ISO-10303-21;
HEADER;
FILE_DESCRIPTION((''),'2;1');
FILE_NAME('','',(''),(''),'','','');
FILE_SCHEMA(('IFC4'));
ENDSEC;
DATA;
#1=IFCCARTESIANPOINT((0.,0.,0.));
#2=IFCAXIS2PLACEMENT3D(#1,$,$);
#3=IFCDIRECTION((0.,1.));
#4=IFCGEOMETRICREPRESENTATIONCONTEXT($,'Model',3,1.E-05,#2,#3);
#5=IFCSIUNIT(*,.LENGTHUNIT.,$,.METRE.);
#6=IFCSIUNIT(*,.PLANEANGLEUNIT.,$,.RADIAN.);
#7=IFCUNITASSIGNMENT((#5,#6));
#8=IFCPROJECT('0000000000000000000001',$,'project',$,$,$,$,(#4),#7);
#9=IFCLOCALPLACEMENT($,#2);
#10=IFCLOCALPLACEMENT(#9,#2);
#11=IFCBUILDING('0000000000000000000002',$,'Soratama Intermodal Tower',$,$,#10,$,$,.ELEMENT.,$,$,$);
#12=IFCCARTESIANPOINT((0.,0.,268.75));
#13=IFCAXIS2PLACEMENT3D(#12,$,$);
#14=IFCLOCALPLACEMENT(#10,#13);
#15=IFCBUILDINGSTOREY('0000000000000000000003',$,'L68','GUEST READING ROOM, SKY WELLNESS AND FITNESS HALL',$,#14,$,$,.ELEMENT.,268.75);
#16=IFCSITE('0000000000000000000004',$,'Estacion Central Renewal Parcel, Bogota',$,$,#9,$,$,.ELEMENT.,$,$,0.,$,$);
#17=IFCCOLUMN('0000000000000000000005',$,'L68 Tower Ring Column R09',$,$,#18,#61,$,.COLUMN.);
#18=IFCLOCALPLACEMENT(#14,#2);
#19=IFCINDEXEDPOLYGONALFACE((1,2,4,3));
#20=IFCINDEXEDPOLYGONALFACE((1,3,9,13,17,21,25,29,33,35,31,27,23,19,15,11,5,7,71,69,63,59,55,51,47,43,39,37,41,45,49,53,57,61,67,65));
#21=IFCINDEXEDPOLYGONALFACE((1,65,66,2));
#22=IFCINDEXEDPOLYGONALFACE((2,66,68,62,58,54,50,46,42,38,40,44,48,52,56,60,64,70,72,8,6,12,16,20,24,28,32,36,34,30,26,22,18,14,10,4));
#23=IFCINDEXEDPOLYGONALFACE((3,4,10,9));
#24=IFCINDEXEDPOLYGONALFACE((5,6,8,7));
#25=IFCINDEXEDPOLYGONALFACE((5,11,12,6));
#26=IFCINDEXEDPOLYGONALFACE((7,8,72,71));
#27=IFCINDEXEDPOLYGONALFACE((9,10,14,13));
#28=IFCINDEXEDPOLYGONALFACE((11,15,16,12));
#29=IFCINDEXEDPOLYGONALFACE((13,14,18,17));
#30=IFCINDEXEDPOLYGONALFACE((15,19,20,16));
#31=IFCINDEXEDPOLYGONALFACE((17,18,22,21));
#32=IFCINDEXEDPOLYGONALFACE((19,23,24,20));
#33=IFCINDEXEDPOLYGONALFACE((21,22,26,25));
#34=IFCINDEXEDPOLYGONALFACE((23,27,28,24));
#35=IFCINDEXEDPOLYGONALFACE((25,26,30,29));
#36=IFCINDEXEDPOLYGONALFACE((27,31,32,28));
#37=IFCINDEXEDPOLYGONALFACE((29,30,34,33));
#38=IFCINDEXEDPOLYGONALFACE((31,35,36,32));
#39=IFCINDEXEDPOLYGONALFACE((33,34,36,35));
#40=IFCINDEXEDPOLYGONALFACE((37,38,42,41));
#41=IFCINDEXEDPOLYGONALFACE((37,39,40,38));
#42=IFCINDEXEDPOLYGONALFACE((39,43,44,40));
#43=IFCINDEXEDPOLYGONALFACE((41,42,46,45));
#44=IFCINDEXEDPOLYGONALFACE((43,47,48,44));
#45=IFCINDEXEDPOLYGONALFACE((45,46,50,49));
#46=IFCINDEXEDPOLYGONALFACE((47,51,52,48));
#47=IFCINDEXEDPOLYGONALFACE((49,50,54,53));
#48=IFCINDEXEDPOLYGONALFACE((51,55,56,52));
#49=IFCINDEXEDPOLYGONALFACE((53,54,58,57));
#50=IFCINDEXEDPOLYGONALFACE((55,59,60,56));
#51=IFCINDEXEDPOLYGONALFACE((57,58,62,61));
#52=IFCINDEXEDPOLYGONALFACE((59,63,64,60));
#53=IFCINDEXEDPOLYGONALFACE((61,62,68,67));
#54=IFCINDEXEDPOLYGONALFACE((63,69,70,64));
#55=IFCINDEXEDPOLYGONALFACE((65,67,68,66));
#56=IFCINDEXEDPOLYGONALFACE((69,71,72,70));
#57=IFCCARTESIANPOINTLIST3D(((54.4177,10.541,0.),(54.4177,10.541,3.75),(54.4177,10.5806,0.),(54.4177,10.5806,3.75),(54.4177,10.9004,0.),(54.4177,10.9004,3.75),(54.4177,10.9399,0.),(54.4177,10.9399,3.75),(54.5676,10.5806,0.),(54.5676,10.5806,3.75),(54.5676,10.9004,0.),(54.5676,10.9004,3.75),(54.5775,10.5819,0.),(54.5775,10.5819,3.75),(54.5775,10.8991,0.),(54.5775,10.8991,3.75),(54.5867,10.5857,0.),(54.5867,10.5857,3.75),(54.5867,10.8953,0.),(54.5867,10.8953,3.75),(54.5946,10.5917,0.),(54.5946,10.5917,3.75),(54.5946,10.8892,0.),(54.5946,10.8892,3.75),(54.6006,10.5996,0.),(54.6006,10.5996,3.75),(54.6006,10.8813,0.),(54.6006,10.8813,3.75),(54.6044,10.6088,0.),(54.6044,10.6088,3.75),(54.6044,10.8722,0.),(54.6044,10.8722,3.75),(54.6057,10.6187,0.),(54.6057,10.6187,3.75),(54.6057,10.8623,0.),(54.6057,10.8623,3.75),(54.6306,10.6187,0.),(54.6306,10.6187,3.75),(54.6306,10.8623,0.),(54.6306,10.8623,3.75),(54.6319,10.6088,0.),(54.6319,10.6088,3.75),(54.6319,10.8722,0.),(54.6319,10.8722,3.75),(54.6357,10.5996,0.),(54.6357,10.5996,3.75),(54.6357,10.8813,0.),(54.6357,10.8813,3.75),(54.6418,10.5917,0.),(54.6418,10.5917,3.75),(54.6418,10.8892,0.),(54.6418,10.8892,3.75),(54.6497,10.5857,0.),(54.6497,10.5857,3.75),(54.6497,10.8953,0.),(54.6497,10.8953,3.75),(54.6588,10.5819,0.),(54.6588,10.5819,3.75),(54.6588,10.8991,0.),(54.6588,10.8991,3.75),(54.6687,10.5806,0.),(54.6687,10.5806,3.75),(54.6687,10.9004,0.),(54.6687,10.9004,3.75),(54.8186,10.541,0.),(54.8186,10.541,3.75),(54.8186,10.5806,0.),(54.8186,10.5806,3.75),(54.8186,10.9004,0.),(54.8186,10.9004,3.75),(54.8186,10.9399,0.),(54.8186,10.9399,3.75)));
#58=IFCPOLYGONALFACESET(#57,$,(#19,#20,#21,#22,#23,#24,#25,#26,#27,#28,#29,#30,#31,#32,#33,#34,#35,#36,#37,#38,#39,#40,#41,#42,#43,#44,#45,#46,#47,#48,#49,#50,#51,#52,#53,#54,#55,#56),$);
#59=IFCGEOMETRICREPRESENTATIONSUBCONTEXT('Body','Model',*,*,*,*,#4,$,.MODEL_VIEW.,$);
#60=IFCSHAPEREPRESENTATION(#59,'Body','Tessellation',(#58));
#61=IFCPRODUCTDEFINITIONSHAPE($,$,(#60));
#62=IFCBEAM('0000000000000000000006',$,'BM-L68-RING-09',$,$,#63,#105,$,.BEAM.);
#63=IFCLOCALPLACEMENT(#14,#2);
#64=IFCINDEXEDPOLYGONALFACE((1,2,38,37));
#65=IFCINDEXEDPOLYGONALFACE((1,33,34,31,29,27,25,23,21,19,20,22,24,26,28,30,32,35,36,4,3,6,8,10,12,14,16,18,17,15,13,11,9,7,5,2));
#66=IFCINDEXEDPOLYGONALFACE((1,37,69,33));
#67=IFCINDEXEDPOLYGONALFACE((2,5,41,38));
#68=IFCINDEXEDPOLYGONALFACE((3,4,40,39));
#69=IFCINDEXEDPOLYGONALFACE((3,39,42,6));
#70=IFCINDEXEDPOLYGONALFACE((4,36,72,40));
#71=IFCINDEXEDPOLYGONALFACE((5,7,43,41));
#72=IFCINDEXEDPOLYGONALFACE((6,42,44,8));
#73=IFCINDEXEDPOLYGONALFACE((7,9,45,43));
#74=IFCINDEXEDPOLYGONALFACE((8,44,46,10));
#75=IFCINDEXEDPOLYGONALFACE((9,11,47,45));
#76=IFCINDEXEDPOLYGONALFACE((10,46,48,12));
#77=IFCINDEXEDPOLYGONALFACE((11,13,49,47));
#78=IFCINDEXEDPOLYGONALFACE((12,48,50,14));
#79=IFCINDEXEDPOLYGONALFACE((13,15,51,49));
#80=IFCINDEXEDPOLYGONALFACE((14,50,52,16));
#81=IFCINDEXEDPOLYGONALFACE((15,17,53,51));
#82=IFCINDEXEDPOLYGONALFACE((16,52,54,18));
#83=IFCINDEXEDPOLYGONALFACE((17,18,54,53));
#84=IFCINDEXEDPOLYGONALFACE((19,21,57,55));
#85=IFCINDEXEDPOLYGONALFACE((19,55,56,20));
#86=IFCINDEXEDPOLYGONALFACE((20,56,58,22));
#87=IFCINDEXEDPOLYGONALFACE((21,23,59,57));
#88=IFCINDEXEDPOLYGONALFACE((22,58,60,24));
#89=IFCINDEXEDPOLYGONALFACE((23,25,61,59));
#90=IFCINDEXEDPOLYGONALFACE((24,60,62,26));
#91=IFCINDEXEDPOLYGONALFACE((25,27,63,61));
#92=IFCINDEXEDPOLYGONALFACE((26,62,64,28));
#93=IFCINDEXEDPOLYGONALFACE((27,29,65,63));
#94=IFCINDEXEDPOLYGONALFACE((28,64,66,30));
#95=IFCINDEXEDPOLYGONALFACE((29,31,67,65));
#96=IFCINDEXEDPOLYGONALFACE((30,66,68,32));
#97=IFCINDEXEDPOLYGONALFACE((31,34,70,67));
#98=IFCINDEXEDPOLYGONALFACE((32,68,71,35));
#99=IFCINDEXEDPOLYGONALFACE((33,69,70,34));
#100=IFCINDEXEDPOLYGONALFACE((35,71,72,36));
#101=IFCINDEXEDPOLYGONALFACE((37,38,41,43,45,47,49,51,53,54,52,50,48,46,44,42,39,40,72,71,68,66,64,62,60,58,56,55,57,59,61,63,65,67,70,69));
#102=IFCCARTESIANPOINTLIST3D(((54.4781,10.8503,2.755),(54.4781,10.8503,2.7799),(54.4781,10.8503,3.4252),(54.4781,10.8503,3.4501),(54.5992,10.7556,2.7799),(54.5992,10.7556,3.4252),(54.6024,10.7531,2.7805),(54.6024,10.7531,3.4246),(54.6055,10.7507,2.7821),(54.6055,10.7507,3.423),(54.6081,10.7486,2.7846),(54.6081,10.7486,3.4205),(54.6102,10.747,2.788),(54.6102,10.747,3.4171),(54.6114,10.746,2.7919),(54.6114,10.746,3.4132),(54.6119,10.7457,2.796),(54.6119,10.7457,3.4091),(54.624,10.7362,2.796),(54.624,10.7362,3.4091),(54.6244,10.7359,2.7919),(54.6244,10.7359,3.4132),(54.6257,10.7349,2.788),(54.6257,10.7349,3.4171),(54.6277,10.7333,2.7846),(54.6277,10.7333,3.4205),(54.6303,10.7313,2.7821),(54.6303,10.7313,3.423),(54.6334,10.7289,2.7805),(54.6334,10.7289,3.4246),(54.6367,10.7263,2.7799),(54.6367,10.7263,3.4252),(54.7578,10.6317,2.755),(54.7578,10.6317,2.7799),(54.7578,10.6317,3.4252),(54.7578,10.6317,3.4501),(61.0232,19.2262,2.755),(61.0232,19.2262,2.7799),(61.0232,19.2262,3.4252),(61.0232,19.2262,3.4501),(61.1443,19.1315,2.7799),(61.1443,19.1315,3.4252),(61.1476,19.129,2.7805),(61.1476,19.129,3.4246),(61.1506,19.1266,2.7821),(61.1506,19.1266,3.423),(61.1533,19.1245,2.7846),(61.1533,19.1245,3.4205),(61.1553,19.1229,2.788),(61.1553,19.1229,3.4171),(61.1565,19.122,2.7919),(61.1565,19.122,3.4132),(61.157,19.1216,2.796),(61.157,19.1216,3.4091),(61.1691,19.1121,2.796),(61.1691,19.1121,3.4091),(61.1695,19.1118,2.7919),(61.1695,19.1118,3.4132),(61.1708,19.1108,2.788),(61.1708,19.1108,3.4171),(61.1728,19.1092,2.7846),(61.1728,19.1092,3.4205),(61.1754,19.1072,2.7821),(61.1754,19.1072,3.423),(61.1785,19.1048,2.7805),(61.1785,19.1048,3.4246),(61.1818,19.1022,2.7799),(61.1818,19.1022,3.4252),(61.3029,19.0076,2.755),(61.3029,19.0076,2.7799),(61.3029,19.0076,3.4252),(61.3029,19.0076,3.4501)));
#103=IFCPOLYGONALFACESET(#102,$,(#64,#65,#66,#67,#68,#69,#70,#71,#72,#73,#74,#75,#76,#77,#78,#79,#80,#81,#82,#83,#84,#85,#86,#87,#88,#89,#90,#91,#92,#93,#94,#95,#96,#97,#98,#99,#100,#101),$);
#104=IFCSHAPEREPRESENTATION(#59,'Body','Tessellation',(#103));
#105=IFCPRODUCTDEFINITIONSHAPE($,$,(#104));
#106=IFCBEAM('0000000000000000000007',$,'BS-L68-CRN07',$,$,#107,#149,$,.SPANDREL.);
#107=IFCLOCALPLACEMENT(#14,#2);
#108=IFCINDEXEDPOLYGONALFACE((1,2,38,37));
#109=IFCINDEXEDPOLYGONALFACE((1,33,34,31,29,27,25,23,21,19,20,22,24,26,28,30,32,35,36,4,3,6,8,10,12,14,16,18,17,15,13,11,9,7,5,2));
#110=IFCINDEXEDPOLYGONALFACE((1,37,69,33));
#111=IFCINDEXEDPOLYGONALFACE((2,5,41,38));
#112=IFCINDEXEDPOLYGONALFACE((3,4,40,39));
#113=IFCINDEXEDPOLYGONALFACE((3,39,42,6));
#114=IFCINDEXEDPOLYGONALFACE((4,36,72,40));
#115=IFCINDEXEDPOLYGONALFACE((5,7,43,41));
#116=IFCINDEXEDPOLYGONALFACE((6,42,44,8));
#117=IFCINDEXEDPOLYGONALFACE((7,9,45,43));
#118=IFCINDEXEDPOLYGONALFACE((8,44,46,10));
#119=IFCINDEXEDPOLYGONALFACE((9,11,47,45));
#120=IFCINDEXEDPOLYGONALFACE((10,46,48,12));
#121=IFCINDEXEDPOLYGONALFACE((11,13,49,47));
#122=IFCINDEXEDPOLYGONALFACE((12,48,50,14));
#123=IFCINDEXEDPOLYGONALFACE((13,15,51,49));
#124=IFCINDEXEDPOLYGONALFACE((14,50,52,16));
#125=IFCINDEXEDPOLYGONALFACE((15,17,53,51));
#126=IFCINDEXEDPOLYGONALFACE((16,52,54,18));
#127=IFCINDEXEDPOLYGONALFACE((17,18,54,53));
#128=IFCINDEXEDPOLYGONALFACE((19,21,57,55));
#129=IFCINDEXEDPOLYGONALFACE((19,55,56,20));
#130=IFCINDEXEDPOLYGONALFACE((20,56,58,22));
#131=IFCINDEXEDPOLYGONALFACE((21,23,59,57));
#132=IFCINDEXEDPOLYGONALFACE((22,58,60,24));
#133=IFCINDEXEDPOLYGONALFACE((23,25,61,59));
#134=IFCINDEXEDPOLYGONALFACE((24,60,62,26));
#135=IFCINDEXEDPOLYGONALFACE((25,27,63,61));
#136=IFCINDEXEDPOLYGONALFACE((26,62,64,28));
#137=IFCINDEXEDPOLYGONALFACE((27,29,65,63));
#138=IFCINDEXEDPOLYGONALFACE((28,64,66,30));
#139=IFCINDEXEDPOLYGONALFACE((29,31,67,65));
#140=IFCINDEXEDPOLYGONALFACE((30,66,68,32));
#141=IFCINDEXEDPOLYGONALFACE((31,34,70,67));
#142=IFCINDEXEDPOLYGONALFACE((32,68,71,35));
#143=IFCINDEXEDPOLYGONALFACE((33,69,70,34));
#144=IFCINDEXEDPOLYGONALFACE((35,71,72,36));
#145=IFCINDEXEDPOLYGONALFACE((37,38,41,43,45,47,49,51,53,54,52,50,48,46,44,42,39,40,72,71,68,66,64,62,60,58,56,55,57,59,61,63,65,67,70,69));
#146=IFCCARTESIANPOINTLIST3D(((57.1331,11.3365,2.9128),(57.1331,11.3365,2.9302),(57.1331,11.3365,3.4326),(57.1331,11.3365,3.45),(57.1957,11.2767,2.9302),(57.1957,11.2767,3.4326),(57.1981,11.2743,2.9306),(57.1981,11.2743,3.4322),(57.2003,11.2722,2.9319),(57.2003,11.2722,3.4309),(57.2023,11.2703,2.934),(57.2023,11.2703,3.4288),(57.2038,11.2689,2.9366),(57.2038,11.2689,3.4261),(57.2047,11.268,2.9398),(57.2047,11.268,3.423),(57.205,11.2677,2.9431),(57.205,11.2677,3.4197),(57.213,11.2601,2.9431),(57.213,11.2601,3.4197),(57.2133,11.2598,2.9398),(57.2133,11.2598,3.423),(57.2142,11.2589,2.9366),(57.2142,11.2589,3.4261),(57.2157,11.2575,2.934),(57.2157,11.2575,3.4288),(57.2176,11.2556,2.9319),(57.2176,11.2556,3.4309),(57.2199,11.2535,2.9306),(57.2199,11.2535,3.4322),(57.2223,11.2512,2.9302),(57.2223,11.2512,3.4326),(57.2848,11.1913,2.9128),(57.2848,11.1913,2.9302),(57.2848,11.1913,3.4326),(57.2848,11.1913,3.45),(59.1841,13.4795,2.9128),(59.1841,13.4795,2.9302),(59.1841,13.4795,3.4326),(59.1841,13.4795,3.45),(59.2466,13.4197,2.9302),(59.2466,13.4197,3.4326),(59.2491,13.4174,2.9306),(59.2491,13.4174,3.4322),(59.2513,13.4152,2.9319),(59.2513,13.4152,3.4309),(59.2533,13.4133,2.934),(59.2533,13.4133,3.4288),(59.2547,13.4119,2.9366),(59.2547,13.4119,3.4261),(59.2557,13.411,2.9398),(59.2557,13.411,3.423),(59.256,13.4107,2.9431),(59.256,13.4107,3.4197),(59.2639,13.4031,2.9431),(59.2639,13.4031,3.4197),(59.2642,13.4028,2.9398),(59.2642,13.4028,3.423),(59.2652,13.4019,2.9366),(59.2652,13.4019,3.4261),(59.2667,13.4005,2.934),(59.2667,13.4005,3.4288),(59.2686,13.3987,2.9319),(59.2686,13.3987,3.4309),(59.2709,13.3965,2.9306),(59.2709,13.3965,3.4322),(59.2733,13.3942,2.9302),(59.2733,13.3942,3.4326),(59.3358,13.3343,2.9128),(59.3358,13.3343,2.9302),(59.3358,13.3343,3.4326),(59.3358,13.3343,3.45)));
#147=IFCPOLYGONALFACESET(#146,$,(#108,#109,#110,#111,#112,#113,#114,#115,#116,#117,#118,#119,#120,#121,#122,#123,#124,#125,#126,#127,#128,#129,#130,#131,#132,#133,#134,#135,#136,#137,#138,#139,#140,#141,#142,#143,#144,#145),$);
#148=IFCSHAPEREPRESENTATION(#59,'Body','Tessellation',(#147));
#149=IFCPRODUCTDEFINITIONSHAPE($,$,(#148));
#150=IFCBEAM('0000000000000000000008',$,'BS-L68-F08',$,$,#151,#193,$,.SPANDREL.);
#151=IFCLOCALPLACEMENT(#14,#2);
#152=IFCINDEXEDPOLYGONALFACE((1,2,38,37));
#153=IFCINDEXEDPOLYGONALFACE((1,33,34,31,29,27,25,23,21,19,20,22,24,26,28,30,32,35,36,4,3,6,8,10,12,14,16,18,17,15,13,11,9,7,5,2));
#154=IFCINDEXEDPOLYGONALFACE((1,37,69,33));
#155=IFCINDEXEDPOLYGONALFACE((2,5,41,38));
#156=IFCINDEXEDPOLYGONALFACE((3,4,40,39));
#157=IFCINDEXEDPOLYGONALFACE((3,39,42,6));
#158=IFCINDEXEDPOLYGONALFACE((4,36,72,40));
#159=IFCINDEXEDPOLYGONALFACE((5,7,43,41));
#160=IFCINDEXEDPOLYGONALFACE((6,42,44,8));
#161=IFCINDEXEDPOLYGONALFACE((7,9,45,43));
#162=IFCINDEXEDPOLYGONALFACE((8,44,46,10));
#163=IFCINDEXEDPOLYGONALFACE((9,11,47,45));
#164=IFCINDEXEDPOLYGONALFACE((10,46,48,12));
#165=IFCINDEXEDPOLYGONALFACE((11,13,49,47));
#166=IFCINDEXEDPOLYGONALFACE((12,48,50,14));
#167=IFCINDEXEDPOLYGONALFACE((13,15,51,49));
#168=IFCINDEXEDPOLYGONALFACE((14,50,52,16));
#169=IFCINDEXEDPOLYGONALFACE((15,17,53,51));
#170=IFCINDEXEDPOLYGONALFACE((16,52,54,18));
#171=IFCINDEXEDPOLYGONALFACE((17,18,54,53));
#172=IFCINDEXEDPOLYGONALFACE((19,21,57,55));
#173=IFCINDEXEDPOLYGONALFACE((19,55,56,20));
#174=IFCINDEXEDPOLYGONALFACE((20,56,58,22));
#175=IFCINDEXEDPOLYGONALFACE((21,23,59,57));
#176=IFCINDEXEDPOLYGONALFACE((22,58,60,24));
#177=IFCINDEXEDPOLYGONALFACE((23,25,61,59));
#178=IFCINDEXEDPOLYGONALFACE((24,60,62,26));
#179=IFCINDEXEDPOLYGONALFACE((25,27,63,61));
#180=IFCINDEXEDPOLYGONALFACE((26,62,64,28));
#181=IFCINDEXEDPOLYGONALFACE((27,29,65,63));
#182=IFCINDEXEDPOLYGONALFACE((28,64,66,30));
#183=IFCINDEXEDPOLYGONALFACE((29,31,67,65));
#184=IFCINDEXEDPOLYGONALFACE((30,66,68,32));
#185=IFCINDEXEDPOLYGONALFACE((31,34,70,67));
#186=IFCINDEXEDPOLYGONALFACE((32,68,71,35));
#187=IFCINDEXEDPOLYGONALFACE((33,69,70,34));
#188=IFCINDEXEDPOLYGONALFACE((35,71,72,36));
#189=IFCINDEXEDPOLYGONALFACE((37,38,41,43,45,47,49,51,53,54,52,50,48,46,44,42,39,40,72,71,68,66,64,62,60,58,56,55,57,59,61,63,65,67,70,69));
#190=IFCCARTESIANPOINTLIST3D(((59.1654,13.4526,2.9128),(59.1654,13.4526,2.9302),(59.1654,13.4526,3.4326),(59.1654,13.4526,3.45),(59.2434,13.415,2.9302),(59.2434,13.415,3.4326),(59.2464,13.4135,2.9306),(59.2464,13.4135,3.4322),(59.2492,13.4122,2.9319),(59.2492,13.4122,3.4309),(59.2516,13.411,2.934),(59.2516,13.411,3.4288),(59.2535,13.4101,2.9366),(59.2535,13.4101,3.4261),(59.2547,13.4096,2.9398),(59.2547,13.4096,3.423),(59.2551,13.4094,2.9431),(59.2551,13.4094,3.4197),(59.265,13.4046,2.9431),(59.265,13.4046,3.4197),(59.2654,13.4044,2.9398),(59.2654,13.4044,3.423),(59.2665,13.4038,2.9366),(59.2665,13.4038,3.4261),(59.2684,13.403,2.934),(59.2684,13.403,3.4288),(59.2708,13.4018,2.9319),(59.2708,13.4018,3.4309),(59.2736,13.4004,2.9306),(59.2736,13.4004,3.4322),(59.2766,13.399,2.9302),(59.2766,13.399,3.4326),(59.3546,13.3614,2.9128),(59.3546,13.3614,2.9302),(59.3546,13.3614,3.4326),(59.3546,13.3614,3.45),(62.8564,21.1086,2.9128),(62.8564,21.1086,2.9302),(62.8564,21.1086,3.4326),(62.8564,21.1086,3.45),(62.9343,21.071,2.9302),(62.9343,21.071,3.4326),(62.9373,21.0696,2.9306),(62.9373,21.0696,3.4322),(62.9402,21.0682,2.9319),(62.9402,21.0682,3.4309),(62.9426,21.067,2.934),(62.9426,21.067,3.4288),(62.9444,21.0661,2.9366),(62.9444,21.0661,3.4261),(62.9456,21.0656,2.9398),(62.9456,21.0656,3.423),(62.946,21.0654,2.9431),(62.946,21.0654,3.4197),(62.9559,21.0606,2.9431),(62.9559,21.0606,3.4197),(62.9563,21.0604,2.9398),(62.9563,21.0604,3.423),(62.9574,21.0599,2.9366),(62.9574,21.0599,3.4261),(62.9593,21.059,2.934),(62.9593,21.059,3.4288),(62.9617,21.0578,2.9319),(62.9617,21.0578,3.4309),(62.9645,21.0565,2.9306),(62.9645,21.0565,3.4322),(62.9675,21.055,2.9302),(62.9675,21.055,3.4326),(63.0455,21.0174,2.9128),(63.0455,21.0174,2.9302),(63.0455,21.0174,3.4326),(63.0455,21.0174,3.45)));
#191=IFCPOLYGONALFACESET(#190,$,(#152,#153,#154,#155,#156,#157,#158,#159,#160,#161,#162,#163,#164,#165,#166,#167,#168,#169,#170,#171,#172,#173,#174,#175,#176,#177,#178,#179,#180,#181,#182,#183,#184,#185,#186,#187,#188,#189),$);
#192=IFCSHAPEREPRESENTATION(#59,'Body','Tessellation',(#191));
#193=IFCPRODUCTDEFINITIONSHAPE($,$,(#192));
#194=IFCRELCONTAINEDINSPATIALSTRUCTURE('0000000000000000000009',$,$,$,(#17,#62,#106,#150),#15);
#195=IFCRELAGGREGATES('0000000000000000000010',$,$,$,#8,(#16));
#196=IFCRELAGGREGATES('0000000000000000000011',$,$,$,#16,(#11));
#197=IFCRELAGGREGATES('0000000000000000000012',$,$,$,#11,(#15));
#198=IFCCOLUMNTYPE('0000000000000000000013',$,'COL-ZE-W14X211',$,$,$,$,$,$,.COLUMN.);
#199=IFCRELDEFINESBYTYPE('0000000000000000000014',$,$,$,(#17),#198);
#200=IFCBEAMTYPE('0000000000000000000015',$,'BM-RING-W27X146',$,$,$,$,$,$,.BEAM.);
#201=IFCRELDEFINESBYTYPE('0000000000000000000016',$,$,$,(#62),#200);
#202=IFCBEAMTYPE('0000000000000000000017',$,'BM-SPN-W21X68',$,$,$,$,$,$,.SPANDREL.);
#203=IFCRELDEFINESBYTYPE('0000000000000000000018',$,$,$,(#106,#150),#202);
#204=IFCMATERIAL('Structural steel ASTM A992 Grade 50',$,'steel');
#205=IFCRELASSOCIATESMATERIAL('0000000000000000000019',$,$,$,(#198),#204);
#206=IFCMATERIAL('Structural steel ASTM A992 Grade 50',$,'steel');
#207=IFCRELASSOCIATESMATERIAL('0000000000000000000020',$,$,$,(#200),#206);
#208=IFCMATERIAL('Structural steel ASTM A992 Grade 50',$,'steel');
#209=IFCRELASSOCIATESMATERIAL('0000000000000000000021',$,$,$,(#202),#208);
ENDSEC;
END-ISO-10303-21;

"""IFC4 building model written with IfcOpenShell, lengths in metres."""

from ifc_helpers import new_model, si_unit, direction, frame, origin, origin_2d, place, context, subcontext, project, spatial, i_section, extrude, material, material_profile, profile_set, type_object, element, save


model = new_model("IFC4")

# Units and contexts
model_context = context("Model", 3, precision=1e-05, world=origin(), true_north=direction((0.0, 1.0)))
body_context = subcontext(model_context, "Body", "Model", "MODEL_VIEW")
ifc_project = project(units=[si_unit("LENGTHUNIT", "METRE"), si_unit("PLANEANGLEUNIT", "RADIAN")], contexts=[model_context])

# Site, building, storey
site_placement = place(None, origin())
site = spatial("IfcSite", under=ifc_project, at=site_placement, Name="Estacion Central Renewal Parcel, Bogota", CompositionType="ELEMENT", RefElevation=0.0)
building_placement = place(site_placement, origin())
building = spatial("IfcBuilding", under=site, at=building_placement, Name="Soratama Intermodal Tower", CompositionType="ELEMENT")
storey_placement = place(building_placement, frame((0.0, 0.0, 268.75)))
storey = spatial("IfcBuildingStorey", under=building, at=storey_placement, Name="L68", Description="GUEST READING ROOM, SKY WELLNESS AND FITNESS HALL", CompositionType="ELEMENT", Elevation=268.75)

# Column
ifc_material_1 = material(Name="Structural steel ASTM A992 Grade 50", Category="steel")
ifc_material_profile_1 = material_profile(ifc_material_1, i_section(OverallWidth=0.4009, OverallDepth=0.3989, WebThickness=0.0249, FlangeThickness=0.0396, FilletRadius=0.0381, at=origin_2d()), Name="W14X211")
ifc_profile_set_1 = profile_set([ifc_material_profile_1], Name="Structural steel ASTM A992 Grade 50")
column_type = type_object("IfcColumnType", Name="COL-ZE-W14X211", PredefinedType="COLUMN", material=ifc_profile_set_1)
column_placement = place(storey_placement, frame((54.6182, 10.7405, 0.0), z_axis=(0.0, 0.0, 1.0), x_axis=(1.0, 0.0, 0.0)))
element("IfcColumn", 1, at=column_placement, inside=storey, type_object=column_type, Name="L68 Tower Ring Column R09", PredefinedType="COLUMN", context=body_context, shape_type="SweptSolid", body=[
    extrude(i_section(OverallWidth=0.4009, OverallDepth=0.3989, WebThickness=0.0249, FlangeThickness=0.0396, FilletRadius=0.0381, at=origin_2d()), origin(), (0.0, 0.0, 1.0), 3.75),
])

# Beams
ifc_material_2 = material(Name="Structural steel ASTM A992 Grade 50", Category="steel")
ifc_material_profile_2 = material_profile(ifc_material_2, i_section(OverallWidth=0.355, OverallDepth=0.6951, WebThickness=0.0154, FlangeThickness=0.0249, FilletRadius=0.0161, at=origin_2d()), Name="W27X146")
ifc_profile_set_2 = profile_set([ifc_material_profile_2], Name="Structural steel ASTM A992 Grade 50")
beam_type_1 = type_object("IfcBeamType", Name="BM-RING-W27X146", PredefinedType="BEAM", material=ifc_profile_set_2)
beam_1_placement = place(storey_placement, frame((54.6179, 10.741, 3.1025), z_axis=(0.615728, 0.787959, 0.0), x_axis=(-0.787959, 0.615728, 0.0)))
element("IfcBeam", 2, at=beam_1_placement, inside=storey, type_object=beam_type_1, Name="BM-L68-RING-09", PredefinedType="BEAM", context=body_context, shape_type="SweptSolid", body=[
    extrude(i_section(OverallWidth=0.355, OverallDepth=0.6951, WebThickness=0.0154, FlangeThickness=0.0249, FilletRadius=0.0161, at=origin_2d()), origin(), (0.0, 0.0, 1.0), 10.6299),
])
ifc_material_3 = material(Name="Structural steel ASTM A992 Grade 50", Category="steel")
ifc_material_profile_3 = material_profile(ifc_material_3, i_section(OverallWidth=0.21, OverallDepth=0.5371, WebThickness=0.011, FlangeThickness=0.0173, FilletRadius=0.0129, at=origin_2d()), Name="W21X68")
ifc_profile_set_3 = profile_set([ifc_material_profile_3], Name="Structural steel ASTM A992 Grade 50")
beam_type_2 = type_object("IfcBeamType", Name="BM-SPN-W21X68", PredefinedType="SPANDREL", material=ifc_profile_set_3)
beam_2_placement = place(storey_placement, frame((57.209, 11.2639, 3.1814), z_axis=(0.691423, 0.722451, 0.0), x_axis=(-0.722451, 0.691423, 0.0)))
element("IfcBeam", 3, at=beam_2_placement, inside=storey, type_object=beam_type_2, Name="BS-L68-CRN07", PredefinedType="SPANDREL", context=body_context, shape_type="SweptSolid", body=[
    extrude(i_section(OverallWidth=0.21, OverallDepth=0.5371, WebThickness=0.011, FlangeThickness=0.0173, FilletRadius=0.0129, at=origin_2d()), origin(), (0.0, 0.0, 1.0), 2.9663),
])
beam_3_placement = place(storey_placement, frame((59.26, 13.407, 3.1814), z_axis=(0.434264, 0.900786, 0.0), x_axis=(-0.900786, 0.434264, 0.0)))
element("IfcBeam", 4, at=beam_3_placement, inside=storey, type_object=beam_type_2, Name="BS-L68-F08", PredefinedType="SPANDREL", context=body_context, shape_type="SweptSolid", body=[
    extrude(i_section(OverallWidth=0.21, OverallDepth=0.5371, WebThickness=0.011, FlangeThickness=0.0173, FilletRadius=0.0129, at=origin_2d()), origin(), (0.0, 0.0, 1.0), 8.4993),
])

save(model, "model.ifc")
